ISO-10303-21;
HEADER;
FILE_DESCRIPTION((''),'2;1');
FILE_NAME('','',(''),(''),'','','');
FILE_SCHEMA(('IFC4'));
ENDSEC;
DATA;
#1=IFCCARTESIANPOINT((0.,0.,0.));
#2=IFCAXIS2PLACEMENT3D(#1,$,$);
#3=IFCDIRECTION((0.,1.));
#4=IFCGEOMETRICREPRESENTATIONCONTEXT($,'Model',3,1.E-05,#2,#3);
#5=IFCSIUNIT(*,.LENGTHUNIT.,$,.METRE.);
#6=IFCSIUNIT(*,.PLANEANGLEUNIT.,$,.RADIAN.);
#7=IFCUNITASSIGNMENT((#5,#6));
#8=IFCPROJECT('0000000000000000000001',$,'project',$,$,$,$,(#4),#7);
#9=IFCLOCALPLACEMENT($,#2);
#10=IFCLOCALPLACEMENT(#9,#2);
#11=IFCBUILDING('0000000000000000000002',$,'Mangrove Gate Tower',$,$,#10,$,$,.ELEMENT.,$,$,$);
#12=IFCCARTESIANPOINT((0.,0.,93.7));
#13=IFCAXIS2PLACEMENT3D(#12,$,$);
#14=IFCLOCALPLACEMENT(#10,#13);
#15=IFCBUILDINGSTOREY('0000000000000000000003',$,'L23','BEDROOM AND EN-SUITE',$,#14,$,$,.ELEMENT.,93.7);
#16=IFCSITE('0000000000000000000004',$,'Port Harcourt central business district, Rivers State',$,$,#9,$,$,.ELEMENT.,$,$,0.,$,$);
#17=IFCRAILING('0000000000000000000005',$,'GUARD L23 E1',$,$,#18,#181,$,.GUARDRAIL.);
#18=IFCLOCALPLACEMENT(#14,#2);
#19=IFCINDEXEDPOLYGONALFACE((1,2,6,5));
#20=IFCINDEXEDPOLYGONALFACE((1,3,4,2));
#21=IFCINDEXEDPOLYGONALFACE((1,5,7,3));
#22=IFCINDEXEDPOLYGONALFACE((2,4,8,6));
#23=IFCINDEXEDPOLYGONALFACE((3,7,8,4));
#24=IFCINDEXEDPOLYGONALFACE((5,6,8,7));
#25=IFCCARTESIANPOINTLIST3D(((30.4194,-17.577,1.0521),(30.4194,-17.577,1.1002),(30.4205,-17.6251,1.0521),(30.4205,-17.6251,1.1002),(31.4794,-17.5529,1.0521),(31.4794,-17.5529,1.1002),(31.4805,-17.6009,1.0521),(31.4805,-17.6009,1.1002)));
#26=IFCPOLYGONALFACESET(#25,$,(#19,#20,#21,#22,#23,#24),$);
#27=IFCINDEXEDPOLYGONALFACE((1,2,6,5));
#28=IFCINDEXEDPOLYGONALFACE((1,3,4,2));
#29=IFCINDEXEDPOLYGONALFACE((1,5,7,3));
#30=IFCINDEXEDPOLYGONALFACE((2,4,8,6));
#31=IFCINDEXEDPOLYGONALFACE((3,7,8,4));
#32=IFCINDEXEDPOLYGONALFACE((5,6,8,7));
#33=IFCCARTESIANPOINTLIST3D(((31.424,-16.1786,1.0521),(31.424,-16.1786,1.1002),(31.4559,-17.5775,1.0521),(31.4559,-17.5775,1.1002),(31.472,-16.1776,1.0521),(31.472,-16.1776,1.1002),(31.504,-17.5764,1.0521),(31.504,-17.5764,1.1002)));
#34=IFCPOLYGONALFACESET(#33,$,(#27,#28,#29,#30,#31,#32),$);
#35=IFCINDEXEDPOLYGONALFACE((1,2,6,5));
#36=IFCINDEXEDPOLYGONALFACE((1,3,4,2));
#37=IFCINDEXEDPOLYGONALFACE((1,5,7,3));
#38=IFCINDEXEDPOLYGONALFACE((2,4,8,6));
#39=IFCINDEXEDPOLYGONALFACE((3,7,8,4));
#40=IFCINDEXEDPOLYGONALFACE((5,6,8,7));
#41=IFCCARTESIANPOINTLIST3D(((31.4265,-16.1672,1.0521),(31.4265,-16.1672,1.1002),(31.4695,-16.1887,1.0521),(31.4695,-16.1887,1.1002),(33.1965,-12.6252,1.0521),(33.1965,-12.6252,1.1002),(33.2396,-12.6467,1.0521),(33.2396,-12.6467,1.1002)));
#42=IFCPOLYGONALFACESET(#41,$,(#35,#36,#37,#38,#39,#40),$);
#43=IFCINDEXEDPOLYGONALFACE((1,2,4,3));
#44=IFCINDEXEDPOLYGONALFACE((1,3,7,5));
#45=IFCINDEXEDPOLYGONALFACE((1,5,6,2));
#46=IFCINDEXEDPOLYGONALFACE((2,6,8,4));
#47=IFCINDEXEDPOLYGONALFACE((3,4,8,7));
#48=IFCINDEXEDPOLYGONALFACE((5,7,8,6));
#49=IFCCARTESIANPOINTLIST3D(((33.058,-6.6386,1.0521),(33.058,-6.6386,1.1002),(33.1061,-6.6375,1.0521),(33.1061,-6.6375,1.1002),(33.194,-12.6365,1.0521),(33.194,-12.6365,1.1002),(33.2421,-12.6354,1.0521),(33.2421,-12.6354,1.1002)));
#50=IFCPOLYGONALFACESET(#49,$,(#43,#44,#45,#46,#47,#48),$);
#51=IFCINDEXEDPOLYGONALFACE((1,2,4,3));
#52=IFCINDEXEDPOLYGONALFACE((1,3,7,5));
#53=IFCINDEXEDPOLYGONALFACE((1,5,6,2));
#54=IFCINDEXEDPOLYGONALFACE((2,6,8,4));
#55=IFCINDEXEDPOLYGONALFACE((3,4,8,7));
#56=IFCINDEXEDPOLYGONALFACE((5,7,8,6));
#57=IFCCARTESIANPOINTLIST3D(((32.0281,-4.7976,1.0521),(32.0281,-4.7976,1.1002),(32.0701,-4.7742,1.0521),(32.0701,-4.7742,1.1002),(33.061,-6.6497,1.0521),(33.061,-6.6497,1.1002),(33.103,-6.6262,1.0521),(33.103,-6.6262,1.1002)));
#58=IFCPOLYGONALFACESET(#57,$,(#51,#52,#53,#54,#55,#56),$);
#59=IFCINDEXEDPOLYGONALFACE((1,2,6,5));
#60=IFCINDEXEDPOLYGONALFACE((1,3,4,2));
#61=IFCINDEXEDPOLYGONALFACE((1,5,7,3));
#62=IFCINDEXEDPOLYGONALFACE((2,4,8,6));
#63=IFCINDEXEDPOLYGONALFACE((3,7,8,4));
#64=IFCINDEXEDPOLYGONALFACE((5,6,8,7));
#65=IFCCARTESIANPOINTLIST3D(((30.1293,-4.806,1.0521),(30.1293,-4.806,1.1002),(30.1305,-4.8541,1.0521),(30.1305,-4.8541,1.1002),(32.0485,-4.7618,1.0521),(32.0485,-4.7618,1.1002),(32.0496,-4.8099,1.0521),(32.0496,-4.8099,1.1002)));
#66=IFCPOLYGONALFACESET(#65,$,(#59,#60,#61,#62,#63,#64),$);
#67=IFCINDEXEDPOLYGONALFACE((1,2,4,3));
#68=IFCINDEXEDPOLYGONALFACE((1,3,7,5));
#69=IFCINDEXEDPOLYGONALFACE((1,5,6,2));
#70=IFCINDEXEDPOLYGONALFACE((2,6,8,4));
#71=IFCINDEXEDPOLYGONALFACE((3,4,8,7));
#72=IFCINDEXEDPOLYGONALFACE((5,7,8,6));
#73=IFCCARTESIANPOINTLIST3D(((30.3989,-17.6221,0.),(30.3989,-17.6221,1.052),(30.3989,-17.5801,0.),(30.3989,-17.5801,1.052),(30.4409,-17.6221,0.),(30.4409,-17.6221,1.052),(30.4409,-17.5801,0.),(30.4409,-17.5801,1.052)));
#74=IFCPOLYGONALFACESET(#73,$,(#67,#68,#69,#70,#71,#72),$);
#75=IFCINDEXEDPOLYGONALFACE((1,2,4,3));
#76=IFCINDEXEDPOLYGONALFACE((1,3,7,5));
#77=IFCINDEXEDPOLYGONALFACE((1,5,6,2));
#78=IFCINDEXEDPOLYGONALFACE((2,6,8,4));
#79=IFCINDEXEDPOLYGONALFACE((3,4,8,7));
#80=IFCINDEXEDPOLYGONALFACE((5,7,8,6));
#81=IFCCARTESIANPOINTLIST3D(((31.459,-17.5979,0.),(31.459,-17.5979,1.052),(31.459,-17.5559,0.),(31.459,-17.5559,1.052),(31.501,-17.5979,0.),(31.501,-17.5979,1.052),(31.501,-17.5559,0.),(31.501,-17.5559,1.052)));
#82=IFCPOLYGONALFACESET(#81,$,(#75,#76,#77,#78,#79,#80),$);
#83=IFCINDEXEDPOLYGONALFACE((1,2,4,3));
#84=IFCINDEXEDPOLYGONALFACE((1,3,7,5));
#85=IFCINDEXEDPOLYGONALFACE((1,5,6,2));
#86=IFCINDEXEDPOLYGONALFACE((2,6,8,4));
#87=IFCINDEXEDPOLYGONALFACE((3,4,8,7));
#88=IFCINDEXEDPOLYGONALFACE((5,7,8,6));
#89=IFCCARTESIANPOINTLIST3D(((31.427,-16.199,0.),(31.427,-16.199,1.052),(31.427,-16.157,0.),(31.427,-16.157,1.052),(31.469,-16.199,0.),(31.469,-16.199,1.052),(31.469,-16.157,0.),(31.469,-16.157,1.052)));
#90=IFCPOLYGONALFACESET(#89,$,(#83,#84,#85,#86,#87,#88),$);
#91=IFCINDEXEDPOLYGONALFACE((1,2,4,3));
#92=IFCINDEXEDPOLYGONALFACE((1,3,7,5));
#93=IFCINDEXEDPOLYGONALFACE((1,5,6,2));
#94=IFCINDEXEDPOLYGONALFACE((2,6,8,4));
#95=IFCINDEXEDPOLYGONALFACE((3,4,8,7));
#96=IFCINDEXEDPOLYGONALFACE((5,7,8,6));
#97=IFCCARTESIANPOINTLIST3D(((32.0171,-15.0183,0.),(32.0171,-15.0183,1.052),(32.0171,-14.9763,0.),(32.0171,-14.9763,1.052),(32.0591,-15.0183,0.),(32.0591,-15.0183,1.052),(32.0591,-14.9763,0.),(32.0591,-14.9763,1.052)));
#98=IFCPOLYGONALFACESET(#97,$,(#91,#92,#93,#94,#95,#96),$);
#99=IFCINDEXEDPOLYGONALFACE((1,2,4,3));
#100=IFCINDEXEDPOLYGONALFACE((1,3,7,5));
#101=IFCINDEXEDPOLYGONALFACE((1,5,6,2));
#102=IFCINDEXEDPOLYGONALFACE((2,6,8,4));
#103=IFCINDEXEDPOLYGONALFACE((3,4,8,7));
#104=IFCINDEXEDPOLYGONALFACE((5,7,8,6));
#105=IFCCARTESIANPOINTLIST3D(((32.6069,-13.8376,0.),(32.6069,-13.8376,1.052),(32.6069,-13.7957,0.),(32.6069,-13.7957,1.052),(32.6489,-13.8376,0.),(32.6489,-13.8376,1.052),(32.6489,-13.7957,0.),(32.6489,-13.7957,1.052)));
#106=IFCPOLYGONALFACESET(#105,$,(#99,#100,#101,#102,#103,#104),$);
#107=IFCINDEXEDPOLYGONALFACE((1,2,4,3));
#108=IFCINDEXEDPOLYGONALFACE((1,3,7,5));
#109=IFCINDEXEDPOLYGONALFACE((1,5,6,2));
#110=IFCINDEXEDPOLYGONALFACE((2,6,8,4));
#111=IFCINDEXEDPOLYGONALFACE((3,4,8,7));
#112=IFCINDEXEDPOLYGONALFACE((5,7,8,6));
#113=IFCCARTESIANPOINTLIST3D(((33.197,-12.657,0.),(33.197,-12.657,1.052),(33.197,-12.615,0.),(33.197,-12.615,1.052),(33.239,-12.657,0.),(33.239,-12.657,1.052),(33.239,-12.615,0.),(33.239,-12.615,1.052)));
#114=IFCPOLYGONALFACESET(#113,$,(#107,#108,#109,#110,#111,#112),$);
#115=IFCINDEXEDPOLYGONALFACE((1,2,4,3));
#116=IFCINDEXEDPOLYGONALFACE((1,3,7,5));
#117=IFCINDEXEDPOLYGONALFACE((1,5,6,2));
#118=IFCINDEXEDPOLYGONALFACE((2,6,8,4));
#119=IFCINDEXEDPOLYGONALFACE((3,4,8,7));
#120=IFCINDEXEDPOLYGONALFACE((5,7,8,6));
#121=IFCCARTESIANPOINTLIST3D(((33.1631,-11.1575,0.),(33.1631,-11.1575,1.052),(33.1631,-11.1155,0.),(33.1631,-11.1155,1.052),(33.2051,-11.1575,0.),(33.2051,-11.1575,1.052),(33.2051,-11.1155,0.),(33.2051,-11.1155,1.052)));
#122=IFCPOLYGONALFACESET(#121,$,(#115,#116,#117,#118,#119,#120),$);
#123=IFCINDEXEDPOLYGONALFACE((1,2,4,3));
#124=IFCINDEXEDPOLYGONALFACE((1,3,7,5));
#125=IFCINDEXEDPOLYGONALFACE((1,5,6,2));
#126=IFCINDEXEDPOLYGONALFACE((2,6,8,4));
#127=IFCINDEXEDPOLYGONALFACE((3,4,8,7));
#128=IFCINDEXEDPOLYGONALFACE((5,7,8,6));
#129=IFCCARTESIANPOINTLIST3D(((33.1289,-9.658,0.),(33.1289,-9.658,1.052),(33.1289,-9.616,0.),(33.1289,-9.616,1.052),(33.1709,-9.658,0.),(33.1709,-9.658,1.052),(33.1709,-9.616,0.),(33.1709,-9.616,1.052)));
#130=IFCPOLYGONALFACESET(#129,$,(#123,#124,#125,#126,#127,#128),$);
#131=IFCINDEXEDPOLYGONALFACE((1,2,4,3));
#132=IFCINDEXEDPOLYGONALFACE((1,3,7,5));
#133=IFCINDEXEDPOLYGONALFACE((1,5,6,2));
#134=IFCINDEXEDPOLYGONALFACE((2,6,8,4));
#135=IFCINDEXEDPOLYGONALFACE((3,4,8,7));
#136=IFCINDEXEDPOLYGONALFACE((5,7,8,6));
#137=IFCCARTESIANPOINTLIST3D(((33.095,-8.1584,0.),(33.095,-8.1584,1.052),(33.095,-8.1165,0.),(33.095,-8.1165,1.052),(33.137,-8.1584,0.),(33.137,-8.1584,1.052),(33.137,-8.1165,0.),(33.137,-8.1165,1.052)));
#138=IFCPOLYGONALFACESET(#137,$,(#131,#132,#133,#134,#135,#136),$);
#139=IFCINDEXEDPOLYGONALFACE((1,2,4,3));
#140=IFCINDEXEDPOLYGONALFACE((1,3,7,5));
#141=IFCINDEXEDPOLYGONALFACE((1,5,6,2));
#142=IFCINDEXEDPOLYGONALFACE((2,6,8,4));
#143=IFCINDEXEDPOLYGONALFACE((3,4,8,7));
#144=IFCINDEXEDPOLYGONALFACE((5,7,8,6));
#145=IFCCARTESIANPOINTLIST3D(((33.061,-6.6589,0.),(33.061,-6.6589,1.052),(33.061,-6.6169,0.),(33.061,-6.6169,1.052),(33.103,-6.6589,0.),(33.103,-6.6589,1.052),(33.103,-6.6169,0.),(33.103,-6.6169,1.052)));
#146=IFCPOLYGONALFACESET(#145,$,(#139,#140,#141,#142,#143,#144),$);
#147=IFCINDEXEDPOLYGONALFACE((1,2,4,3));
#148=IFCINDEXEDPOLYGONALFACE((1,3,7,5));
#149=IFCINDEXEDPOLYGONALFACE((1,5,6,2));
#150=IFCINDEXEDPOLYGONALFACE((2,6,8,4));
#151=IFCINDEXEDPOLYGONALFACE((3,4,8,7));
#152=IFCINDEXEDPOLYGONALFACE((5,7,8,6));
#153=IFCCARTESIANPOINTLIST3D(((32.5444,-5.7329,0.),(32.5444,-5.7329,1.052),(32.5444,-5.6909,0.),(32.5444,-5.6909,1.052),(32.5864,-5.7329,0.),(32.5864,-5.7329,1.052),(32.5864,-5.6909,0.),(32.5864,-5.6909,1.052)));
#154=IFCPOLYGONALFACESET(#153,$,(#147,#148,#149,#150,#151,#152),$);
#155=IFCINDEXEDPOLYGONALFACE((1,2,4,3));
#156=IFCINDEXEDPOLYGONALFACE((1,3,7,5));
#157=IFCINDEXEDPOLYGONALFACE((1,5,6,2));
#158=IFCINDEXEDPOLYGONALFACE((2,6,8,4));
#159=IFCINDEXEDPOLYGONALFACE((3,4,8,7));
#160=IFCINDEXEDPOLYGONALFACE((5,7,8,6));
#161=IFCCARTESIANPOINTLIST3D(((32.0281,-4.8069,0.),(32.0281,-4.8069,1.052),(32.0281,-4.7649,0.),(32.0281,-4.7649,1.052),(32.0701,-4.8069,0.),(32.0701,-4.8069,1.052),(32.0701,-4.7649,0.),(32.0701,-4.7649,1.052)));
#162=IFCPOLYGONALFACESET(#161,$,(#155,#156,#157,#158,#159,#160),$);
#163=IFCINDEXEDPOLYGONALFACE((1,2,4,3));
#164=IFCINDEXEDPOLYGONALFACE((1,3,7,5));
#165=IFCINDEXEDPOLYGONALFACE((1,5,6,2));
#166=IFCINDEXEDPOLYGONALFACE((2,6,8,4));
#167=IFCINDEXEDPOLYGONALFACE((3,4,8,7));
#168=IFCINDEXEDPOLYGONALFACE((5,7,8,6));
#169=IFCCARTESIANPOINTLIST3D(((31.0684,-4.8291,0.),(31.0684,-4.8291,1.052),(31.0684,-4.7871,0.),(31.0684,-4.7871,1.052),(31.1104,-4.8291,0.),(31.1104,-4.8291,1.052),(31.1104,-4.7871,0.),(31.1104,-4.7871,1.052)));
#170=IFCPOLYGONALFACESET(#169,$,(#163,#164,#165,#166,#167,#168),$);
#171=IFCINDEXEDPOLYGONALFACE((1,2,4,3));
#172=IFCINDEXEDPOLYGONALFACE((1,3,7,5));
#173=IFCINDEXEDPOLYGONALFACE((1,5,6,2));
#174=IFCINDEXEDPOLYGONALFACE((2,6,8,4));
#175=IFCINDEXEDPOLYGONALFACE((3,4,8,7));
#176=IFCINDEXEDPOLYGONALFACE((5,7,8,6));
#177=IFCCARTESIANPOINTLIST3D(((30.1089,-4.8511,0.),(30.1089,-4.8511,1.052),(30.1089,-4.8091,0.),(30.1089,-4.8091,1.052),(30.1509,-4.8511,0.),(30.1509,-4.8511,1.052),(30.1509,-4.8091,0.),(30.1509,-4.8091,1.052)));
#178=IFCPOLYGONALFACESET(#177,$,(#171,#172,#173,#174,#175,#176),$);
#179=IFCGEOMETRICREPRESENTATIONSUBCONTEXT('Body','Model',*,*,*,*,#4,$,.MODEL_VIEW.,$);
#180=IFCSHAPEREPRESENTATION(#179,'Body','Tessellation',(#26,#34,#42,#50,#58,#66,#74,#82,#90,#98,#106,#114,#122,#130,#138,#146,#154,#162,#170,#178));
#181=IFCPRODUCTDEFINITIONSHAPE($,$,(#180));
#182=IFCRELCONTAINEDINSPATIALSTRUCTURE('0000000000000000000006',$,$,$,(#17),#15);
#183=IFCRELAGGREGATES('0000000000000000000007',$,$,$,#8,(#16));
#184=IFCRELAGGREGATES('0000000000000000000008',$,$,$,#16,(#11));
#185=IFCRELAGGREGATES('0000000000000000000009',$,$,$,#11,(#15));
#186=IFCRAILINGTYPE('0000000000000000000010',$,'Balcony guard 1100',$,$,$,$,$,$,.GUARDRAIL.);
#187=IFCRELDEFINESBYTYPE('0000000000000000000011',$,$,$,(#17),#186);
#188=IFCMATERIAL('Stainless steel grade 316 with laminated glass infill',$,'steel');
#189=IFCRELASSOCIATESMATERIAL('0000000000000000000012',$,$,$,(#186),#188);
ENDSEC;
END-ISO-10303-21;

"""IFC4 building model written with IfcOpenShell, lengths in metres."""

from ifc_helpers import new_model, si_unit, direction, frame, origin, origin_2d, place, context, subcontext, project, spatial, rectangle, extrude, material, type_object, element, save


model = new_model("IFC4")

# Units and contexts
model_context = context("Model", 3, precision=1e-05, world=origin(), true_north=direction((0.0, 1.0)))
body_context = subcontext(model_context, "Body", "Model", "MODEL_VIEW")
ifc_project = project(units=[si_unit("LENGTHUNIT", "METRE"), si_unit("PLANEANGLEUNIT", "RADIAN")], contexts=[model_context])

# Site, building, storey
site_placement = place(None, origin())
site = spatial("IfcSite", under=ifc_project, at=site_placement, Name="Port Harcourt central business district, Rivers State", CompositionType="ELEMENT", RefElevation=0.0)
building_placement = place(site_placement, origin())
building = spatial("IfcBuilding", under=site, at=building_placement, Name="Mangrove Gate Tower", CompositionType="ELEMENT")
storey_placement = place(building_placement, frame((0.0, 0.0, 93.7)))
storey = spatial("IfcBuildingStorey", under=building, at=storey_placement, Name="L23", Description="BEDROOM AND EN-SUITE", CompositionType="ELEMENT", Elevation=93.7)

# Railing
ifc_material_1 = material(Name="Stainless steel grade 316 with laminated glass infill", Category="steel")
railing_type = type_object("IfcRailingType", Name="Balcony guard 1100", PredefinedType="GUARDRAIL", material=ifc_material_1)
railing_placement = place(storey_placement, frame((30.4199, -17.6011, 0.0)))
element("IfcRailing", 1, at=railing_placement, inside=storey, type_object=railing_type, Name="GUARD L23 E1", PredefinedType="GUARDRAIL", context=body_context, shape_type="SweptSolid", body=[
    extrude(rectangle(XDim=0.0481, YDim=0.0481, at=origin_2d()), frame((0.0, 0.0, 1.0762), z_axis=(0.99974, 0.022795, 0.0), x_axis=(-0.022795, 0.99974, 0.0)), (0.0, 0.0, 1.0), 1.0603),
    extrude(rectangle(XDim=0.0481, YDim=0.0481, at=origin_2d()), frame((1.0601, 0.0242, 1.0762), z_axis=(-0.022856, 0.999739, 0.0), x_axis=(-0.999739, -0.022856, 0.0)), (0.0, 0.0, 1.0), 1.3992),
    extrude(rectangle(XDim=0.0481, YDim=0.0481, at=origin_2d()), frame((1.0281, 1.4231, 1.0762), z_axis=(0.447016, 0.894526, 0.0), x_axis=(-0.894526, 0.447016, 0.0)), (0.0, 0.0, 1.0), 3.9597),
    extrude(rectangle(XDim=0.0481, YDim=0.0481, at=origin_2d()), frame((2.7981, 4.9651, 1.0762), z_axis=(-0.022666, 0.999743, 0.0), x_axis=(-0.999743, -0.022666, 0.0)), (0.0, 0.0, 1.0), 5.9995),
    extrude(rectangle(XDim=0.0481, YDim=0.0481, at=origin_2d()), frame((2.6621, 10.9631, 1.0762), z_axis=(-0.487099, 0.873347, 0.0), x_axis=(-0.873347, -0.487099, 0.0)), (0.0, 0.0, 1.0), 2.1206),
    extrude(rectangle(XDim=0.0481, YDim=0.0481, at=origin_2d()), frame((1.6292, 12.8152, 1.0762), z_axis=(-0.999735, -0.023019, 0.0), x_axis=(0.023019, -0.999735, 0.0)), (0.0, 0.0, 1.0), 1.9197),
    extrude(rectangle(XDim=0.042, YDim=0.042, at=origin_2d()), origin(), (0.0, 0.0, 1.0), 1.052),
    extrude(rectangle(XDim=0.042, YDim=0.042, at=origin_2d()), frame((1.0601, 0.0242, 0.0)), (0.0, 0.0, 1.0), 1.052),
    extrude(rectangle(XDim=0.042, YDim=0.042, at=origin_2d()), frame((1.0281, 1.4231, 0.0)), (0.0, 0.0, 1.0), 1.052),
    extrude(rectangle(XDim=0.042, YDim=0.042, at=origin_2d()), frame((1.6182, 2.6038, 0.0)), (0.0, 0.0, 1.0), 1.052),
    extrude(rectangle(XDim=0.042, YDim=0.042, at=origin_2d()), frame((2.208, 3.7844, 0.0)), (0.0, 0.0, 1.0), 1.052),
    extrude(rectangle(XDim=0.042, YDim=0.042, at=origin_2d()), frame((2.7981, 4.9651, 0.0)), (0.0, 0.0, 1.0), 1.052),
    extrude(rectangle(XDim=0.042, YDim=0.042, at=origin_2d()), frame((2.7642, 6.4646, 0.0)), (0.0, 0.0, 1.0), 1.052),
    extrude(rectangle(XDim=0.042, YDim=0.042, at=origin_2d()), frame((2.73, 7.9641, 0.0)), (0.0, 0.0, 1.0), 1.052),
    extrude(rectangle(XDim=0.042, YDim=0.042, at=origin_2d()), frame((2.696, 9.4636, 0.0)), (0.0, 0.0, 1.0), 1.052),
    extrude(rectangle(XDim=0.042, YDim=0.042, at=origin_2d()), frame((2.6621, 10.9631, 0.0)), (0.0, 0.0, 1.0), 1.052),
    extrude(rectangle(XDim=0.042, YDim=0.042, at=origin_2d()), frame((2.1455, 11.8892, 0.0)), (0.0, 0.0, 1.0), 1.052),
    extrude(rectangle(XDim=0.042, YDim=0.042, at=origin_2d()), frame((1.6292, 12.8152, 0.0)), (0.0, 0.0, 1.0), 1.052),
    extrude(rectangle(XDim=0.042, YDim=0.042, at=origin_2d()), frame((0.6694, 12.793, 0.0)), (0.0, 0.0, 1.0), 1.052),
    extrude(rectangle(XDim=0.042, YDim=0.042, at=origin_2d()), frame((-0.29, 12.771, 0.0)), (0.0, 0.0, 1.0), 1.052),
])

save(model, "model.ifc")
